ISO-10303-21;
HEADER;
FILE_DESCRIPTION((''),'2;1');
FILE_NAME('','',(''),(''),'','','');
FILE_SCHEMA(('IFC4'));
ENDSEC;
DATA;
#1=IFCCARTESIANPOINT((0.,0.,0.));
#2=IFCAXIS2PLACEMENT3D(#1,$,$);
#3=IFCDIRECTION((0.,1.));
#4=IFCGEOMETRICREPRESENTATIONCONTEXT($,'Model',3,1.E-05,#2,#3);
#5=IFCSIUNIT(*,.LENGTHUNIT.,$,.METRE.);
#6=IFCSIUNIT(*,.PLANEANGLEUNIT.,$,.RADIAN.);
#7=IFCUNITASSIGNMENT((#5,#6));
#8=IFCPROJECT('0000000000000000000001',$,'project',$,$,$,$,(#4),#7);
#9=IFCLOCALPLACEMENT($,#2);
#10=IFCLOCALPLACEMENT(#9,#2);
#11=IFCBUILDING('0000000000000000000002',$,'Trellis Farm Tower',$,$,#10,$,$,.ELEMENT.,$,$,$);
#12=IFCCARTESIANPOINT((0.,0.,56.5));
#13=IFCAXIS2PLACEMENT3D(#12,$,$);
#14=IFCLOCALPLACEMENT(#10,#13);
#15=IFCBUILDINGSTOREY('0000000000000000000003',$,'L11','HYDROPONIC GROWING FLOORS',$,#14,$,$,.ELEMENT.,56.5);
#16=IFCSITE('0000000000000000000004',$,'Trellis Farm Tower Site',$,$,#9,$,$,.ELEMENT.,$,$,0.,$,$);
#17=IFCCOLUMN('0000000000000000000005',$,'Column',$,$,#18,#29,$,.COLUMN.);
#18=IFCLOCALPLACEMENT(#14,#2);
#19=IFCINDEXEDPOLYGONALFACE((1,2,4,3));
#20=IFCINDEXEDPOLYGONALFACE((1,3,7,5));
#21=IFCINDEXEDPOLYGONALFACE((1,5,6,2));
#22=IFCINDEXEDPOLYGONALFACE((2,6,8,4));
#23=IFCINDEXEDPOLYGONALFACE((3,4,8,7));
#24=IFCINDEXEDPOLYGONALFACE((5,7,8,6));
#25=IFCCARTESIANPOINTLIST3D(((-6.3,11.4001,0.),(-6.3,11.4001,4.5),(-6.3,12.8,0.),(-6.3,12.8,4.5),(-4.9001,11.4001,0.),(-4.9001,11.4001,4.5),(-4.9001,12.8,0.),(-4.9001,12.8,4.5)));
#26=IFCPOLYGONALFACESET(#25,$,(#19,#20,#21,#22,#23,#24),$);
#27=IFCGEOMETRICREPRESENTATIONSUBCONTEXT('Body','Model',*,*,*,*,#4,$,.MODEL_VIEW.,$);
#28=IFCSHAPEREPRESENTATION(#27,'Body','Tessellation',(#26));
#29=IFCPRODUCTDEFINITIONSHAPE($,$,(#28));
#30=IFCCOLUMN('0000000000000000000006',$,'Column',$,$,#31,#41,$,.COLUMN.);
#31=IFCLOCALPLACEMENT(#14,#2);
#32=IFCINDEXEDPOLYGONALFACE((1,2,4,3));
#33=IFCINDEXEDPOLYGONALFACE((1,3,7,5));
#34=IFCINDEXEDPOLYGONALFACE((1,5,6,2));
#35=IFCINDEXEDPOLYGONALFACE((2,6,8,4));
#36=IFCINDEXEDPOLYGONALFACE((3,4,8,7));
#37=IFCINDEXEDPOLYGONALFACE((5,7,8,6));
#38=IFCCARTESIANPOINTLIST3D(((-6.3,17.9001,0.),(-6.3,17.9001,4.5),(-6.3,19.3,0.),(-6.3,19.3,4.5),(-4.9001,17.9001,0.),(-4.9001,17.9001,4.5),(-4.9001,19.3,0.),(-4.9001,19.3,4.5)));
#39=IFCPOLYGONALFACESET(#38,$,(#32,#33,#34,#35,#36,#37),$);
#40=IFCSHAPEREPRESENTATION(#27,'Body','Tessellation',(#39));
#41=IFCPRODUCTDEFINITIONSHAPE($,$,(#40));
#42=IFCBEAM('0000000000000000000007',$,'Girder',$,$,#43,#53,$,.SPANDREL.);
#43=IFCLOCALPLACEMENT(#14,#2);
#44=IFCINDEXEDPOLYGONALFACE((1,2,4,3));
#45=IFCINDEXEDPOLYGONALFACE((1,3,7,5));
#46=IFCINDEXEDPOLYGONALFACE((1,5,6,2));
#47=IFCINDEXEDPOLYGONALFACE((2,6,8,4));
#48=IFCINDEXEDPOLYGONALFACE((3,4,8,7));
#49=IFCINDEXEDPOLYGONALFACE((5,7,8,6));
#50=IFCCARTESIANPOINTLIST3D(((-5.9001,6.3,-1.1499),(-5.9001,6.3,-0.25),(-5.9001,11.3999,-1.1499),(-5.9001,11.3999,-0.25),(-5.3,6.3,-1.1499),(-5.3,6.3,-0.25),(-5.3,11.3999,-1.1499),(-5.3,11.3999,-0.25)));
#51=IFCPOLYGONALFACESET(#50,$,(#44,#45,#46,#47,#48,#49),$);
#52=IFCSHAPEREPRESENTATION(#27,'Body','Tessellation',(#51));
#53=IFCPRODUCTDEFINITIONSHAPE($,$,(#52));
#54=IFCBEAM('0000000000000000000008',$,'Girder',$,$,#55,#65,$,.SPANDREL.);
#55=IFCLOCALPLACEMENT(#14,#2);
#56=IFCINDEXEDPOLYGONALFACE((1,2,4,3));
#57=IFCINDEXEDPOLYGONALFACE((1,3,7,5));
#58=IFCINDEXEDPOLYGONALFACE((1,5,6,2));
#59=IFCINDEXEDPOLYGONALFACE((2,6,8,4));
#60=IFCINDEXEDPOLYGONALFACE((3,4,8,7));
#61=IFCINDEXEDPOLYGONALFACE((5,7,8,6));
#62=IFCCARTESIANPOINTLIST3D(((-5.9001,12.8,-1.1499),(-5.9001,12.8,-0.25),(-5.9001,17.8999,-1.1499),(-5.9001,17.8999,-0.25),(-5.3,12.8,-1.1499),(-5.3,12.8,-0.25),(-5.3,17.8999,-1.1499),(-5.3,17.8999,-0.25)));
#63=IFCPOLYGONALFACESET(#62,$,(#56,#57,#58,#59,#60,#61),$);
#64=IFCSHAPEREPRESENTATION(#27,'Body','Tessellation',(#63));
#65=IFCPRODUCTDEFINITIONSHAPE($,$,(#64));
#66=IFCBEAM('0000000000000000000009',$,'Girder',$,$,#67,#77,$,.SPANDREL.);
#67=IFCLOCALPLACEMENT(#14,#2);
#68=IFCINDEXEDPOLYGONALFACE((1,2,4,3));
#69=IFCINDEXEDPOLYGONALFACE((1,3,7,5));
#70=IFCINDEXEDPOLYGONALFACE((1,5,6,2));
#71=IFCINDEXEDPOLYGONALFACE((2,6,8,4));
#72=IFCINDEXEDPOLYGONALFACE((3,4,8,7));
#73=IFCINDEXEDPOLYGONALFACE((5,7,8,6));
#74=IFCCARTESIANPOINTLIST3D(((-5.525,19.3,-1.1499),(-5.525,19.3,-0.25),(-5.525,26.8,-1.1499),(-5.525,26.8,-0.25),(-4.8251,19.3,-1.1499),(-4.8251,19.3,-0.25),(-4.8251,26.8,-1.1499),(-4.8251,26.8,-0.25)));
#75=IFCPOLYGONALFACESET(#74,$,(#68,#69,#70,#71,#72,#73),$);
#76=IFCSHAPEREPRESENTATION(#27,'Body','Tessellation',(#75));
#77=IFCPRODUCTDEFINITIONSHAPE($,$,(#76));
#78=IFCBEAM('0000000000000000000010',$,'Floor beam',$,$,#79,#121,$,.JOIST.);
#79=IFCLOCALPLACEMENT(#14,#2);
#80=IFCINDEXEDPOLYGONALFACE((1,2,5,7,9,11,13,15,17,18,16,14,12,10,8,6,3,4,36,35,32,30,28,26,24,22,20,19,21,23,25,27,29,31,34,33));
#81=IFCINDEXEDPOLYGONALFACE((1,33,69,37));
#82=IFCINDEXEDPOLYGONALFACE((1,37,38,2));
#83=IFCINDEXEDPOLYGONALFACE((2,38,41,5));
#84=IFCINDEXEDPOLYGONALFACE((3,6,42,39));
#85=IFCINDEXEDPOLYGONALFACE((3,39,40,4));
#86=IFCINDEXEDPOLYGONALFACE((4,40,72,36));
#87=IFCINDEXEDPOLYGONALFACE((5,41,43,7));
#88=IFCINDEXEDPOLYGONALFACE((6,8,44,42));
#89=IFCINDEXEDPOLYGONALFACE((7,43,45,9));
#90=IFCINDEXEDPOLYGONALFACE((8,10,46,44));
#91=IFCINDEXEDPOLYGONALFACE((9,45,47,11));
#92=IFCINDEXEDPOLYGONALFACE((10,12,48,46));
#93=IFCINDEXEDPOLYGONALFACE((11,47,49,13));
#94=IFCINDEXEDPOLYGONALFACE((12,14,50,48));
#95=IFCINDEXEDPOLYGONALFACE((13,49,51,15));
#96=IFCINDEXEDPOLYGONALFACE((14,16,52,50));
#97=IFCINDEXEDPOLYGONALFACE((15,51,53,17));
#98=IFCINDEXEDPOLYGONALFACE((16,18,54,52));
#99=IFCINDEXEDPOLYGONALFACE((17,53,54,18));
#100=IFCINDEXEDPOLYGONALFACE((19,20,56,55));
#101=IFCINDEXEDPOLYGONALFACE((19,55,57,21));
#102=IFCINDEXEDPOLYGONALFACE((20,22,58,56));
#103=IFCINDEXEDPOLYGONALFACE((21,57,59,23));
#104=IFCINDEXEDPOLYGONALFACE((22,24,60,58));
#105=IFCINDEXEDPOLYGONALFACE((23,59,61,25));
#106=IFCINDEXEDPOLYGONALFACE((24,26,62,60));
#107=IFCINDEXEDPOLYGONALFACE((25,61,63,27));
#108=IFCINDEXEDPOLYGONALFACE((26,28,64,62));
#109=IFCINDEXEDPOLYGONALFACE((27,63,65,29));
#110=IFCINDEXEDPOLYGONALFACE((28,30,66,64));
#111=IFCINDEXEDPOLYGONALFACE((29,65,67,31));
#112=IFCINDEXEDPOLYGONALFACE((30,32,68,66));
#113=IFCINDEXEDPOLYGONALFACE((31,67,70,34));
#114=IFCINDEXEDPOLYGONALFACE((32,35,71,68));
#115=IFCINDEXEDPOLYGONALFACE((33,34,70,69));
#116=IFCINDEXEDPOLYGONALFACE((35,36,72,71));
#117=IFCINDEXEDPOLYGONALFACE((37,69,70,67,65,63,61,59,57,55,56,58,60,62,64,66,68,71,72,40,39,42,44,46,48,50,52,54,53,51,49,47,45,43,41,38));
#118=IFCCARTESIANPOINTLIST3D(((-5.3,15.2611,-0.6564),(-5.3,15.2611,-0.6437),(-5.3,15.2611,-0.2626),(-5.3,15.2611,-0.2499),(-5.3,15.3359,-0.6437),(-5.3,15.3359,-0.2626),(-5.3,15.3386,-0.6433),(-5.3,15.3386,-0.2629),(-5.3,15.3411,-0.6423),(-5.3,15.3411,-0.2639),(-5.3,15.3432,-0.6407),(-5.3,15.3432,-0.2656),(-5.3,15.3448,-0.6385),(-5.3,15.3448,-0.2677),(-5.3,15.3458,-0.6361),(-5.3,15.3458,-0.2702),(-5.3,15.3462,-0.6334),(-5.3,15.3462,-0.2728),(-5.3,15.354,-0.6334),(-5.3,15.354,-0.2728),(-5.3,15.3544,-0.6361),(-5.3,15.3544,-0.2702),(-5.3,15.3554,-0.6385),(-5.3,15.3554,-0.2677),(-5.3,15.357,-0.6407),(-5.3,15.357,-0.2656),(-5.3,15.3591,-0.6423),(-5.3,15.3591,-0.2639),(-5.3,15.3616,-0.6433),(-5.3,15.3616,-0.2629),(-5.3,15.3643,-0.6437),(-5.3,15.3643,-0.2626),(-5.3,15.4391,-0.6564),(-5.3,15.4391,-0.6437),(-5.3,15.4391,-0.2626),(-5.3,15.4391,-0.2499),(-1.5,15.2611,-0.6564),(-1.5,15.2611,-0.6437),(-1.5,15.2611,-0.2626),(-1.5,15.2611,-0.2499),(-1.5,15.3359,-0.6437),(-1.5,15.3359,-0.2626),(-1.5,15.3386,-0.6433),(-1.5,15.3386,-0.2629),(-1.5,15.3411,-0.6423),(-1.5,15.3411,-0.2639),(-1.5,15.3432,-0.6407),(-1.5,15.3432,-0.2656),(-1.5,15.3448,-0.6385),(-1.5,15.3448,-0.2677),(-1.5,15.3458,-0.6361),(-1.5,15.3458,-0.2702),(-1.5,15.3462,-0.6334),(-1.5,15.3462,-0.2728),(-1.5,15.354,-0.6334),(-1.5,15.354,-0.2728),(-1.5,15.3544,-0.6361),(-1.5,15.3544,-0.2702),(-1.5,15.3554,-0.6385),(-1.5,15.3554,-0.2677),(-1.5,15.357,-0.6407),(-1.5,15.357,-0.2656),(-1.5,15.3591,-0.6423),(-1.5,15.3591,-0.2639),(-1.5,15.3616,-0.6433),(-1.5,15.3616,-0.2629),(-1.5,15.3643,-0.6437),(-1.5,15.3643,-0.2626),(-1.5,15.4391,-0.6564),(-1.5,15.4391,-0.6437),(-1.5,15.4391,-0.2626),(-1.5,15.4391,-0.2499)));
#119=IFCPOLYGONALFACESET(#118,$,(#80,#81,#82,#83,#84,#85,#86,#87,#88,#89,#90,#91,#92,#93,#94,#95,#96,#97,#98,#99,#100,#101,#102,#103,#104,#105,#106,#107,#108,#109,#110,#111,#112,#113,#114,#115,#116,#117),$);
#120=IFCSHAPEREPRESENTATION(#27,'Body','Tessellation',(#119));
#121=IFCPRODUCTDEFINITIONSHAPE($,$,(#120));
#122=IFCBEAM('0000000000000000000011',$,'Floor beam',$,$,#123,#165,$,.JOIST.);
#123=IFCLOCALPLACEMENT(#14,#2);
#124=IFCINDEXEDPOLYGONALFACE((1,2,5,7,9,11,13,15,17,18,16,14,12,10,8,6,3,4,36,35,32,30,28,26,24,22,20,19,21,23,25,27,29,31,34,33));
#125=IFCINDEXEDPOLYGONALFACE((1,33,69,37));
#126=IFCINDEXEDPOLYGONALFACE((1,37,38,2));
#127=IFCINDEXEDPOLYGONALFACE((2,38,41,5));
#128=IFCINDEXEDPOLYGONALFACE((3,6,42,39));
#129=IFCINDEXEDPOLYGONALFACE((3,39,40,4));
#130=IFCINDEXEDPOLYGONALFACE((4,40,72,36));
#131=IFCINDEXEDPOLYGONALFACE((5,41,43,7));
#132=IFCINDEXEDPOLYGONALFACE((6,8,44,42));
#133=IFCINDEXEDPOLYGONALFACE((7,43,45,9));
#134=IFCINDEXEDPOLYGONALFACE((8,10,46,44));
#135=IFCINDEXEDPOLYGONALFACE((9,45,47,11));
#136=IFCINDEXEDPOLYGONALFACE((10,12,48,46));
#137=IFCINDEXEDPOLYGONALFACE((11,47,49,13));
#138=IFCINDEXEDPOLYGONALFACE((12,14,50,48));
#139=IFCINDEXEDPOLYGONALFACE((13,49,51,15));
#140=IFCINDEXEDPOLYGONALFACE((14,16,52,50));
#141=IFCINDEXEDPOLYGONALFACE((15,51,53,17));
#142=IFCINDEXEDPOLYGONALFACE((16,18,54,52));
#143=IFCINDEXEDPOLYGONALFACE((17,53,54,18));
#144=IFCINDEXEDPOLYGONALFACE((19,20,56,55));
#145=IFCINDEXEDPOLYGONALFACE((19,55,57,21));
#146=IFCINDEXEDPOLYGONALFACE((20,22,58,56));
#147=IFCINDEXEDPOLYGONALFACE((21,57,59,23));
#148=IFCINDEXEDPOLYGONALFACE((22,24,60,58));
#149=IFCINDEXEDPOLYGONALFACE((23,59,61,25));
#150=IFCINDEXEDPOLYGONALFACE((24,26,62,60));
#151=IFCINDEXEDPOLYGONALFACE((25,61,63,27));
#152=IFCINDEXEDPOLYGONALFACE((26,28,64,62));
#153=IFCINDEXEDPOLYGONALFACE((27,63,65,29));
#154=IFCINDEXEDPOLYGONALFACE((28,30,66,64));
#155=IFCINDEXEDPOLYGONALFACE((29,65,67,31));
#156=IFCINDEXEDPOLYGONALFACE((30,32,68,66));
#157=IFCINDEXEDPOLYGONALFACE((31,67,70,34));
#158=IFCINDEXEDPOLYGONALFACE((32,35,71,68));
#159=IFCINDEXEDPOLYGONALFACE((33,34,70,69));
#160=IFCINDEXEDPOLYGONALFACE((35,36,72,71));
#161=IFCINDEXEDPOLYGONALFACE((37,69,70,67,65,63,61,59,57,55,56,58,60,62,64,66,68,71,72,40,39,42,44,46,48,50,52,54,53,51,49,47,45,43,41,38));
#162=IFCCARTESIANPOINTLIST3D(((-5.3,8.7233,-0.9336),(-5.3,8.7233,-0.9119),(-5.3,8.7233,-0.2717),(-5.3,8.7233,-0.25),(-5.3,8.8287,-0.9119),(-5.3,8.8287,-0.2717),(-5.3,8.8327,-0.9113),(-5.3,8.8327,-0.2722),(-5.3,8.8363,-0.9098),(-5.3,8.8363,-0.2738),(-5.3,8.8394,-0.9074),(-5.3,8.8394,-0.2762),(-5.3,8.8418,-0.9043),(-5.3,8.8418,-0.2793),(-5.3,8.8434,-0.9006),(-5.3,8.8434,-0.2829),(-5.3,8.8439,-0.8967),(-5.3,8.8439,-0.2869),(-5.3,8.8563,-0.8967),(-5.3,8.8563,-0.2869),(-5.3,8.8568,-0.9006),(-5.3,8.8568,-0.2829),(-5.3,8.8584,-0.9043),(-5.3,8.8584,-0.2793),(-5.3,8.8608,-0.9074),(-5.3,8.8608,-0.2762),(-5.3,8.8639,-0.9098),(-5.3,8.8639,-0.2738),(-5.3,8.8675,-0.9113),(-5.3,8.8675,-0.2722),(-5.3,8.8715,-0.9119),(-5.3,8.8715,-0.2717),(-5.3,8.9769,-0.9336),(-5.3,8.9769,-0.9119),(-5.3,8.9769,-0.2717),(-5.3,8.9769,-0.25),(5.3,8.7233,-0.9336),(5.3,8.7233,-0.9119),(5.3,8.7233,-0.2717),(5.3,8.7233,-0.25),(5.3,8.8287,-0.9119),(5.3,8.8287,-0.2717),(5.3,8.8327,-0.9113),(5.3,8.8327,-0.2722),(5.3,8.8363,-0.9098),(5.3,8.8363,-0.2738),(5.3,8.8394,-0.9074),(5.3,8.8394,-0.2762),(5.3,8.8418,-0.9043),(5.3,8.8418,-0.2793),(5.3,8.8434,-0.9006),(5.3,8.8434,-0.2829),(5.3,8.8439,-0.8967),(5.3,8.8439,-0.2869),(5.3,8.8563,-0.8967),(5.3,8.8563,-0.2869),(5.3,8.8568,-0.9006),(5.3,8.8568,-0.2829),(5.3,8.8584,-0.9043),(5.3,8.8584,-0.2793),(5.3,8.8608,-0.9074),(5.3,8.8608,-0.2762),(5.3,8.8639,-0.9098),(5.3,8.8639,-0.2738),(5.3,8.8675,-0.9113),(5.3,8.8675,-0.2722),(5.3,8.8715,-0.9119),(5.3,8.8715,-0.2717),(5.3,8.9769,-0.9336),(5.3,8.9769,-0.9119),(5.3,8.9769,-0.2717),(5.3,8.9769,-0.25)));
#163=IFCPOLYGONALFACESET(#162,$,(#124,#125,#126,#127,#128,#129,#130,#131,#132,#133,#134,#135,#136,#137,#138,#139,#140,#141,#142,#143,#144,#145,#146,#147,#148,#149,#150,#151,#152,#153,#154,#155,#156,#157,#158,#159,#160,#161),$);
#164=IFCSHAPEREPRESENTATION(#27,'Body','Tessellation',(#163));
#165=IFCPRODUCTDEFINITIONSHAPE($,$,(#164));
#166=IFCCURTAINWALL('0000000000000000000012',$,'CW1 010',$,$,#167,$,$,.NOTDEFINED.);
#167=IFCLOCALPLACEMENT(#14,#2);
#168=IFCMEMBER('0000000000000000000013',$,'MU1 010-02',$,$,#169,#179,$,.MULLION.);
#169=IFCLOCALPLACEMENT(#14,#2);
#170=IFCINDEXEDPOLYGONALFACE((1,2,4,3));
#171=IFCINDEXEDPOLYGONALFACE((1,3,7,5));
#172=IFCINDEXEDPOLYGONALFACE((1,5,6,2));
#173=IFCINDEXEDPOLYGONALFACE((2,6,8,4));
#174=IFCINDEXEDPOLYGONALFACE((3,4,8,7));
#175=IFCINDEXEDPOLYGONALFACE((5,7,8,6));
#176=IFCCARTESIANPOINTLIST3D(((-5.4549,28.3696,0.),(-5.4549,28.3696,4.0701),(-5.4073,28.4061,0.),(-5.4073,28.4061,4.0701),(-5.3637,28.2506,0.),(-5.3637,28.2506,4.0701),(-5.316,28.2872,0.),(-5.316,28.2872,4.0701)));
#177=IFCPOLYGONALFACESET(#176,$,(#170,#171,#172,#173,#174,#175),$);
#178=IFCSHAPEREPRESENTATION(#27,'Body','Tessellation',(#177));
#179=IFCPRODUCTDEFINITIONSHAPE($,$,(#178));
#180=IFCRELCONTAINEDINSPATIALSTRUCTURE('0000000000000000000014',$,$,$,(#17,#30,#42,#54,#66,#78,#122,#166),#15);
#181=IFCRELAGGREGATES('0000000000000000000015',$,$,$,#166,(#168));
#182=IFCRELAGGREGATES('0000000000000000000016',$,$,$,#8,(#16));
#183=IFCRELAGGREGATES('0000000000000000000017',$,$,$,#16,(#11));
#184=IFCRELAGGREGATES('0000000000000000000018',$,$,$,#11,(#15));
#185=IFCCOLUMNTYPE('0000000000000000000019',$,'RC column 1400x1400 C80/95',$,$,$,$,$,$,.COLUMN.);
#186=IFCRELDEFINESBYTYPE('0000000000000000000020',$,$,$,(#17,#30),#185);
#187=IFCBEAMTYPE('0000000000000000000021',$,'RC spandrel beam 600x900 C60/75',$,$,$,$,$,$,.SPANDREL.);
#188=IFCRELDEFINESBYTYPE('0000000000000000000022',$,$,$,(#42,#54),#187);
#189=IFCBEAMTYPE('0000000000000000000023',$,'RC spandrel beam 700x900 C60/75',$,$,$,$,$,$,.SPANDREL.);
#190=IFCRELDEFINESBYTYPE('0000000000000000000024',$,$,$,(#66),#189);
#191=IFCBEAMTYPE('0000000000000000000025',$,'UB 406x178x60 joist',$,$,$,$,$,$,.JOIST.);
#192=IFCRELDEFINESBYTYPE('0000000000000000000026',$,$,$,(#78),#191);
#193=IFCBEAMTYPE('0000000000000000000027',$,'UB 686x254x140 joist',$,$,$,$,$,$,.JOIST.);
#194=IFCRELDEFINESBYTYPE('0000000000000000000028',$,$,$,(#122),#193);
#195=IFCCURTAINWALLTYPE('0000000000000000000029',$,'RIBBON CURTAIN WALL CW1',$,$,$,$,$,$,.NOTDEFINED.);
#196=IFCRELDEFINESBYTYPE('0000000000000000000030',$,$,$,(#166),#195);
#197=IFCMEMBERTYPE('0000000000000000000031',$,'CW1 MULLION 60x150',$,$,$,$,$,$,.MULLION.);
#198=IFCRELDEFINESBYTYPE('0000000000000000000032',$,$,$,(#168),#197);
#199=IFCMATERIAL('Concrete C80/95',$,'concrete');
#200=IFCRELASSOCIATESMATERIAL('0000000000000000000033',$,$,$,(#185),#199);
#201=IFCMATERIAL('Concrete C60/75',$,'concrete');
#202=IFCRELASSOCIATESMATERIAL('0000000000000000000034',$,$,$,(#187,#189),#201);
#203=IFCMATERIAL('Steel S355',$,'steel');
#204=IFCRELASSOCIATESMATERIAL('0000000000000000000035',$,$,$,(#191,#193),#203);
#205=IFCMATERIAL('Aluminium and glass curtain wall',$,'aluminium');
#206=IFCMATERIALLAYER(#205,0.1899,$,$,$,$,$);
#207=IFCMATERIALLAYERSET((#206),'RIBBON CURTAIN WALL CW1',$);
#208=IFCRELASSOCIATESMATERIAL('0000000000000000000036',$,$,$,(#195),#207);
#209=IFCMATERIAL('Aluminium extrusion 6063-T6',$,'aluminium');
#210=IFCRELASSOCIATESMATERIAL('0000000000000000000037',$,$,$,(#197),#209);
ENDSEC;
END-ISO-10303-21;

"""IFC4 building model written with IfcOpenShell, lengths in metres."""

from ifc_helpers import new_model, si_unit, direction, frame, origin, origin_2d, place, context, subcontext, project, spatial, rectangle, i_section, extrude, source, transform, mapped, material, layer, layer_set, material_profile, profile_set, type_object, element, aggregate, save


model = new_model("IFC4")

# Units and contexts
model_context = context("Model", 3, precision=1e-05, world=origin(), true_north=direction((0.0, 1.0)))
body_context = subcontext(model_context, "Body", "Model", "MODEL_VIEW")
ifc_project = project(units=[si_unit("LENGTHUNIT", "METRE"), si_unit("PLANEANGLEUNIT", "RADIAN")], contexts=[model_context])

# Site, building, storey
site_placement = place(None, origin())
site = spatial("IfcSite", under=ifc_project, at=site_placement, Name="Trellis Farm Tower Site", CompositionType="ELEMENT", RefElevation=0.0)
building_placement = place(site_placement, origin())
building = spatial("IfcBuilding", under=site, at=building_placement, Name="Trellis Farm Tower", CompositionType="ELEMENT")
storey_placement = place(building_placement, frame((0.0, 0.0, 56.5)))
storey = spatial("IfcBuildingStorey", under=building, at=storey_placement, Name="L11", Description="HYDROPONIC GROWING FLOORS", CompositionType="ELEMENT", Elevation=56.5)

# Columns
ifc_material_1 = material(Name="Concrete C80/95", Category="concrete")
ifc_material_profile_1 = material_profile(ifc_material_1, rectangle(XDim=1.3999, YDim=1.3999, at=origin_2d()), Name="RC column 1400x1400 C80/95")
ifc_profile_set_1 = profile_set([ifc_material_profile_1], Name="Concrete C80/95")
column_type = type_object("IfcColumnType", Name="RC column 1400x1400 C80/95", PredefinedType="COLUMN", material=ifc_profile_set_1)
shared_shape_1 = source(origin(), body_context, "Body", "SweptSolid", [
    extrude(rectangle(XDim=1.3999, YDim=1.3999, at=origin_2d()), origin(), (0.0, 0.0, 1.0), 4.5),
])
for number, where, z_axis, x_axis, name in (
    (1, (-5.6001, 12.1001, 0.0), (0.0, 0.0, 1.0), (1.0, 0.0, 0.0), "Column"),
    (2, (-5.6001, 18.6001, 0.0), (0.0, 0.0, 1.0), (1.0, 0.0, 0.0), "Column"),
):
    element("IfcColumn", number, at=place(storey_placement, frame(where, z_axis=z_axis, x_axis=x_axis)), inside=storey, type_object=column_type, Name=name, PredefinedType="COLUMN", context=body_context, shape_type="MappedRepresentation", body=[
        mapped(shared_shape_1, transform((0.0, 0.0, 0.0))),
    ])

# Beams
ifc_material_2 = material(Name="Concrete C60/75", Category="concrete")
ifc_material_profile_2 = material_profile(ifc_material_2, rectangle(XDim=0.6001, YDim=0.8999, at=origin_2d()), Name="RC spandrel beam 600x900 C60/75")
ifc_profile_set_2 = profile_set([ifc_material_profile_2], Name="Concrete C60/75")
beam_type_1 = type_object("IfcBeamType", Name="RC spandrel beam 600x900 C60/75", PredefinedType="SPANDREL", material=ifc_profile_set_2)
shared_shape_2 = source(origin(), body_context, "Body", "SweptSolid", [
    extrude(rectangle(XDim=0.6001, YDim=0.8999, at=origin_2d()), origin(), (0.0, 0.0, 1.0), 5.0999),
])
for number, where, z_axis, x_axis, name in (
    (3, (-5.6001, 6.3, -0.7), (0.0, 1.0, 0.0), (-1.0, 0.0, 0.0), "Girder"),
    (4, (-5.6001, 12.8, -0.7), (0.0, 1.0, 0.0), (-1.0, 0.0, 0.0), "Girder"),
):
    element("IfcBeam", number, at=place(storey_placement, frame(where, z_axis=z_axis, x_axis=x_axis)), inside=storey, type_object=beam_type_1, Name=name, PredefinedType="SPANDREL", context=body_context, shape_type="MappedRepresentation", body=[
        mapped(shared_shape_2, transform((0.0, 0.0, 0.0))),
    ])
ifc_material_profile_3 = material_profile(ifc_material_2, rectangle(XDim=0.7, YDim=0.8999, at=origin_2d()), Name="RC spandrel beam 700x900 C60/75")
ifc_profile_set_3 = profile_set([ifc_material_profile_3], Name="Concrete C60/75")
beam_type_2 = type_object("IfcBeamType", Name="RC spandrel beam 700x900 C60/75", PredefinedType="SPANDREL", material=ifc_profile_set_3)
shared_shape_3 = source(origin(), body_context, "Body", "SweptSolid", [
    extrude(rectangle(XDim=0.7, YDim=0.8999, at=origin_2d()), origin(), (0.0, 0.0, 1.0), 7.5),
])
beam_1_placement = place(storey_placement, frame((-5.175, 19.3, -0.7), z_axis=(0.0, 1.0, 0.0), x_axis=(-1.0, 0.0, 0.0)))
element("IfcBeam", 5, at=beam_1_placement, inside=storey, type_object=beam_type_2, Name="Girder", PredefinedType="SPANDREL", context=body_context, shape_type="MappedRepresentation", body=[
    mapped(shared_shape_3, transform((0.0, 0.0, 0.0))),
])
ifc_material_3 = material(Name="Steel S355", Category="steel")
ifc_material_profile_4 = material_profile(ifc_material_3, i_section(OverallWidth=0.178, OverallDepth=0.4065, WebThickness=0.0078, FlangeThickness=0.0127, FilletRadius=0.0103, at=origin_2d()), Name="UB 406x178x60")
ifc_profile_set_4 = profile_set([ifc_material_profile_4], Name="Steel S355")
beam_type_3 = type_object("IfcBeamType", Name="UB 406x178x60 joist", PredefinedType="JOIST", material=ifc_profile_set_4)
shared_shape_4 = source(origin(), body_context, "Body", "SweptSolid", [
    extrude(i_section(OverallWidth=0.178, OverallDepth=0.4065, WebThickness=0.0078, FlangeThickness=0.0127, FilletRadius=0.0103, at=origin_2d()), origin(), (0.0, 0.0, 1.0), 3.8),
])
beam_2_placement = place(storey_placement, frame((-5.3, 15.3501, -0.4531), z_axis=(1.0, 0.0, 0.0), x_axis=(0.0, 1.0, 0.0)))
element("IfcBeam", 6, at=beam_2_placement, inside=storey, type_object=beam_type_3, Name="Floor beam", PredefinedType="JOIST", context=body_context, shape_type="MappedRepresentation", body=[
    mapped(shared_shape_4, transform((0.0, 0.0, 0.0))),
])
ifc_material_profile_5 = material_profile(ifc_material_3, i_section(OverallWidth=0.2537, OverallDepth=0.6836, WebThickness=0.0125, FlangeThickness=0.0217, FilletRadius=0.0151, at=origin_2d()), Name="UB 686x254x140")
ifc_profile_set_5 = profile_set([ifc_material_profile_5], Name="Steel S355")
beam_type_4 = type_object("IfcBeamType", Name="UB 686x254x140 joist", PredefinedType="JOIST", material=ifc_profile_set_5)
shared_shape_5 = source(origin(), body_context, "Body", "SweptSolid", [
    extrude(i_section(OverallWidth=0.2537, OverallDepth=0.6836, WebThickness=0.0125, FlangeThickness=0.0217, FilletRadius=0.0151, at=origin_2d()), origin(), (0.0, 0.0, 1.0), 10.6001),
])
beam_3_placement = place(storey_placement, frame((-5.3, 8.8501, -0.5918), z_axis=(1.0, 0.0, 0.0), x_axis=(0.0, 1.0, 0.0)))
element("IfcBeam", 7, at=beam_3_placement, inside=storey, type_object=beam_type_4, Name="Floor beam", PredefinedType="JOIST", context=body_context, shape_type="MappedRepresentation", body=[
    mapped(shared_shape_5, transform((0.0, 0.0, 0.0))),
])

# Curtain wall, member
ifc_material_4 = material(Name="Aluminium and glass curtain wall", Category="aluminium")
ifc_layer_1 = layer(ifc_material_4, 0.1899)
ifc_layer_set_1 = layer_set([ifc_layer_1], Name="RIBBON CURTAIN WALL CW1")
curtain_wall_type_1 = type_object("IfcCurtainWallType", Name="RIBBON CURTAIN WALL CW1", PredefinedType="NOTDEFINED", material=ifc_layer_set_1)
placement = place(storey_placement, origin())
curtain_wall_1 = element("IfcCurtainWall", 8, at=placement, inside=storey, type_object=curtain_wall_type_1, Name="CW1 010", PredefinedType="NOTDEFINED")
ifc_material_5 = material(Name="Aluminium extrusion 6063-T6", Category="aluminium")
ifc_material_profile_6 = material_profile(ifc_material_5, rectangle(XDim=0.0601, YDim=0.1499, at=origin_2d()), Name="MULLION 60x150")
ifc_profile_set_6 = profile_set([ifc_material_profile_6], Name="Aluminium extrusion 6063-T6")
member_type_1 = type_object("IfcMemberType", Name="CW1 MULLION 60x150", PredefinedType="MULLION", material=ifc_profile_set_6)
shared_shape_6 = source(origin(), body_context, "Body", "SweptSolid", [
    extrude(rectangle(XDim=0.0601, YDim=0.1499, at=origin_2d()), origin(), (0.0, 0.0, 1.0), 4.0701),
])
member_1_placement = place(storey_placement, frame((-5.3855, 28.3284, 0.0), z_axis=(0.0, 0.0, 1.0), x_axis=(-0.793353, -0.608761, 0.0)))
member_1 = element("IfcMember", 9, at=member_1_placement, type_object=member_type_1, Name="MU1 010-02", PredefinedType="MULLION", context=body_context, shape_type="MappedRepresentation", body=[
    mapped(shared_shape_6, transform((0.0, 0.0, 0.0))),
])
aggregate(curtain_wall_1, [member_1])

save(model, "model.ifc")
